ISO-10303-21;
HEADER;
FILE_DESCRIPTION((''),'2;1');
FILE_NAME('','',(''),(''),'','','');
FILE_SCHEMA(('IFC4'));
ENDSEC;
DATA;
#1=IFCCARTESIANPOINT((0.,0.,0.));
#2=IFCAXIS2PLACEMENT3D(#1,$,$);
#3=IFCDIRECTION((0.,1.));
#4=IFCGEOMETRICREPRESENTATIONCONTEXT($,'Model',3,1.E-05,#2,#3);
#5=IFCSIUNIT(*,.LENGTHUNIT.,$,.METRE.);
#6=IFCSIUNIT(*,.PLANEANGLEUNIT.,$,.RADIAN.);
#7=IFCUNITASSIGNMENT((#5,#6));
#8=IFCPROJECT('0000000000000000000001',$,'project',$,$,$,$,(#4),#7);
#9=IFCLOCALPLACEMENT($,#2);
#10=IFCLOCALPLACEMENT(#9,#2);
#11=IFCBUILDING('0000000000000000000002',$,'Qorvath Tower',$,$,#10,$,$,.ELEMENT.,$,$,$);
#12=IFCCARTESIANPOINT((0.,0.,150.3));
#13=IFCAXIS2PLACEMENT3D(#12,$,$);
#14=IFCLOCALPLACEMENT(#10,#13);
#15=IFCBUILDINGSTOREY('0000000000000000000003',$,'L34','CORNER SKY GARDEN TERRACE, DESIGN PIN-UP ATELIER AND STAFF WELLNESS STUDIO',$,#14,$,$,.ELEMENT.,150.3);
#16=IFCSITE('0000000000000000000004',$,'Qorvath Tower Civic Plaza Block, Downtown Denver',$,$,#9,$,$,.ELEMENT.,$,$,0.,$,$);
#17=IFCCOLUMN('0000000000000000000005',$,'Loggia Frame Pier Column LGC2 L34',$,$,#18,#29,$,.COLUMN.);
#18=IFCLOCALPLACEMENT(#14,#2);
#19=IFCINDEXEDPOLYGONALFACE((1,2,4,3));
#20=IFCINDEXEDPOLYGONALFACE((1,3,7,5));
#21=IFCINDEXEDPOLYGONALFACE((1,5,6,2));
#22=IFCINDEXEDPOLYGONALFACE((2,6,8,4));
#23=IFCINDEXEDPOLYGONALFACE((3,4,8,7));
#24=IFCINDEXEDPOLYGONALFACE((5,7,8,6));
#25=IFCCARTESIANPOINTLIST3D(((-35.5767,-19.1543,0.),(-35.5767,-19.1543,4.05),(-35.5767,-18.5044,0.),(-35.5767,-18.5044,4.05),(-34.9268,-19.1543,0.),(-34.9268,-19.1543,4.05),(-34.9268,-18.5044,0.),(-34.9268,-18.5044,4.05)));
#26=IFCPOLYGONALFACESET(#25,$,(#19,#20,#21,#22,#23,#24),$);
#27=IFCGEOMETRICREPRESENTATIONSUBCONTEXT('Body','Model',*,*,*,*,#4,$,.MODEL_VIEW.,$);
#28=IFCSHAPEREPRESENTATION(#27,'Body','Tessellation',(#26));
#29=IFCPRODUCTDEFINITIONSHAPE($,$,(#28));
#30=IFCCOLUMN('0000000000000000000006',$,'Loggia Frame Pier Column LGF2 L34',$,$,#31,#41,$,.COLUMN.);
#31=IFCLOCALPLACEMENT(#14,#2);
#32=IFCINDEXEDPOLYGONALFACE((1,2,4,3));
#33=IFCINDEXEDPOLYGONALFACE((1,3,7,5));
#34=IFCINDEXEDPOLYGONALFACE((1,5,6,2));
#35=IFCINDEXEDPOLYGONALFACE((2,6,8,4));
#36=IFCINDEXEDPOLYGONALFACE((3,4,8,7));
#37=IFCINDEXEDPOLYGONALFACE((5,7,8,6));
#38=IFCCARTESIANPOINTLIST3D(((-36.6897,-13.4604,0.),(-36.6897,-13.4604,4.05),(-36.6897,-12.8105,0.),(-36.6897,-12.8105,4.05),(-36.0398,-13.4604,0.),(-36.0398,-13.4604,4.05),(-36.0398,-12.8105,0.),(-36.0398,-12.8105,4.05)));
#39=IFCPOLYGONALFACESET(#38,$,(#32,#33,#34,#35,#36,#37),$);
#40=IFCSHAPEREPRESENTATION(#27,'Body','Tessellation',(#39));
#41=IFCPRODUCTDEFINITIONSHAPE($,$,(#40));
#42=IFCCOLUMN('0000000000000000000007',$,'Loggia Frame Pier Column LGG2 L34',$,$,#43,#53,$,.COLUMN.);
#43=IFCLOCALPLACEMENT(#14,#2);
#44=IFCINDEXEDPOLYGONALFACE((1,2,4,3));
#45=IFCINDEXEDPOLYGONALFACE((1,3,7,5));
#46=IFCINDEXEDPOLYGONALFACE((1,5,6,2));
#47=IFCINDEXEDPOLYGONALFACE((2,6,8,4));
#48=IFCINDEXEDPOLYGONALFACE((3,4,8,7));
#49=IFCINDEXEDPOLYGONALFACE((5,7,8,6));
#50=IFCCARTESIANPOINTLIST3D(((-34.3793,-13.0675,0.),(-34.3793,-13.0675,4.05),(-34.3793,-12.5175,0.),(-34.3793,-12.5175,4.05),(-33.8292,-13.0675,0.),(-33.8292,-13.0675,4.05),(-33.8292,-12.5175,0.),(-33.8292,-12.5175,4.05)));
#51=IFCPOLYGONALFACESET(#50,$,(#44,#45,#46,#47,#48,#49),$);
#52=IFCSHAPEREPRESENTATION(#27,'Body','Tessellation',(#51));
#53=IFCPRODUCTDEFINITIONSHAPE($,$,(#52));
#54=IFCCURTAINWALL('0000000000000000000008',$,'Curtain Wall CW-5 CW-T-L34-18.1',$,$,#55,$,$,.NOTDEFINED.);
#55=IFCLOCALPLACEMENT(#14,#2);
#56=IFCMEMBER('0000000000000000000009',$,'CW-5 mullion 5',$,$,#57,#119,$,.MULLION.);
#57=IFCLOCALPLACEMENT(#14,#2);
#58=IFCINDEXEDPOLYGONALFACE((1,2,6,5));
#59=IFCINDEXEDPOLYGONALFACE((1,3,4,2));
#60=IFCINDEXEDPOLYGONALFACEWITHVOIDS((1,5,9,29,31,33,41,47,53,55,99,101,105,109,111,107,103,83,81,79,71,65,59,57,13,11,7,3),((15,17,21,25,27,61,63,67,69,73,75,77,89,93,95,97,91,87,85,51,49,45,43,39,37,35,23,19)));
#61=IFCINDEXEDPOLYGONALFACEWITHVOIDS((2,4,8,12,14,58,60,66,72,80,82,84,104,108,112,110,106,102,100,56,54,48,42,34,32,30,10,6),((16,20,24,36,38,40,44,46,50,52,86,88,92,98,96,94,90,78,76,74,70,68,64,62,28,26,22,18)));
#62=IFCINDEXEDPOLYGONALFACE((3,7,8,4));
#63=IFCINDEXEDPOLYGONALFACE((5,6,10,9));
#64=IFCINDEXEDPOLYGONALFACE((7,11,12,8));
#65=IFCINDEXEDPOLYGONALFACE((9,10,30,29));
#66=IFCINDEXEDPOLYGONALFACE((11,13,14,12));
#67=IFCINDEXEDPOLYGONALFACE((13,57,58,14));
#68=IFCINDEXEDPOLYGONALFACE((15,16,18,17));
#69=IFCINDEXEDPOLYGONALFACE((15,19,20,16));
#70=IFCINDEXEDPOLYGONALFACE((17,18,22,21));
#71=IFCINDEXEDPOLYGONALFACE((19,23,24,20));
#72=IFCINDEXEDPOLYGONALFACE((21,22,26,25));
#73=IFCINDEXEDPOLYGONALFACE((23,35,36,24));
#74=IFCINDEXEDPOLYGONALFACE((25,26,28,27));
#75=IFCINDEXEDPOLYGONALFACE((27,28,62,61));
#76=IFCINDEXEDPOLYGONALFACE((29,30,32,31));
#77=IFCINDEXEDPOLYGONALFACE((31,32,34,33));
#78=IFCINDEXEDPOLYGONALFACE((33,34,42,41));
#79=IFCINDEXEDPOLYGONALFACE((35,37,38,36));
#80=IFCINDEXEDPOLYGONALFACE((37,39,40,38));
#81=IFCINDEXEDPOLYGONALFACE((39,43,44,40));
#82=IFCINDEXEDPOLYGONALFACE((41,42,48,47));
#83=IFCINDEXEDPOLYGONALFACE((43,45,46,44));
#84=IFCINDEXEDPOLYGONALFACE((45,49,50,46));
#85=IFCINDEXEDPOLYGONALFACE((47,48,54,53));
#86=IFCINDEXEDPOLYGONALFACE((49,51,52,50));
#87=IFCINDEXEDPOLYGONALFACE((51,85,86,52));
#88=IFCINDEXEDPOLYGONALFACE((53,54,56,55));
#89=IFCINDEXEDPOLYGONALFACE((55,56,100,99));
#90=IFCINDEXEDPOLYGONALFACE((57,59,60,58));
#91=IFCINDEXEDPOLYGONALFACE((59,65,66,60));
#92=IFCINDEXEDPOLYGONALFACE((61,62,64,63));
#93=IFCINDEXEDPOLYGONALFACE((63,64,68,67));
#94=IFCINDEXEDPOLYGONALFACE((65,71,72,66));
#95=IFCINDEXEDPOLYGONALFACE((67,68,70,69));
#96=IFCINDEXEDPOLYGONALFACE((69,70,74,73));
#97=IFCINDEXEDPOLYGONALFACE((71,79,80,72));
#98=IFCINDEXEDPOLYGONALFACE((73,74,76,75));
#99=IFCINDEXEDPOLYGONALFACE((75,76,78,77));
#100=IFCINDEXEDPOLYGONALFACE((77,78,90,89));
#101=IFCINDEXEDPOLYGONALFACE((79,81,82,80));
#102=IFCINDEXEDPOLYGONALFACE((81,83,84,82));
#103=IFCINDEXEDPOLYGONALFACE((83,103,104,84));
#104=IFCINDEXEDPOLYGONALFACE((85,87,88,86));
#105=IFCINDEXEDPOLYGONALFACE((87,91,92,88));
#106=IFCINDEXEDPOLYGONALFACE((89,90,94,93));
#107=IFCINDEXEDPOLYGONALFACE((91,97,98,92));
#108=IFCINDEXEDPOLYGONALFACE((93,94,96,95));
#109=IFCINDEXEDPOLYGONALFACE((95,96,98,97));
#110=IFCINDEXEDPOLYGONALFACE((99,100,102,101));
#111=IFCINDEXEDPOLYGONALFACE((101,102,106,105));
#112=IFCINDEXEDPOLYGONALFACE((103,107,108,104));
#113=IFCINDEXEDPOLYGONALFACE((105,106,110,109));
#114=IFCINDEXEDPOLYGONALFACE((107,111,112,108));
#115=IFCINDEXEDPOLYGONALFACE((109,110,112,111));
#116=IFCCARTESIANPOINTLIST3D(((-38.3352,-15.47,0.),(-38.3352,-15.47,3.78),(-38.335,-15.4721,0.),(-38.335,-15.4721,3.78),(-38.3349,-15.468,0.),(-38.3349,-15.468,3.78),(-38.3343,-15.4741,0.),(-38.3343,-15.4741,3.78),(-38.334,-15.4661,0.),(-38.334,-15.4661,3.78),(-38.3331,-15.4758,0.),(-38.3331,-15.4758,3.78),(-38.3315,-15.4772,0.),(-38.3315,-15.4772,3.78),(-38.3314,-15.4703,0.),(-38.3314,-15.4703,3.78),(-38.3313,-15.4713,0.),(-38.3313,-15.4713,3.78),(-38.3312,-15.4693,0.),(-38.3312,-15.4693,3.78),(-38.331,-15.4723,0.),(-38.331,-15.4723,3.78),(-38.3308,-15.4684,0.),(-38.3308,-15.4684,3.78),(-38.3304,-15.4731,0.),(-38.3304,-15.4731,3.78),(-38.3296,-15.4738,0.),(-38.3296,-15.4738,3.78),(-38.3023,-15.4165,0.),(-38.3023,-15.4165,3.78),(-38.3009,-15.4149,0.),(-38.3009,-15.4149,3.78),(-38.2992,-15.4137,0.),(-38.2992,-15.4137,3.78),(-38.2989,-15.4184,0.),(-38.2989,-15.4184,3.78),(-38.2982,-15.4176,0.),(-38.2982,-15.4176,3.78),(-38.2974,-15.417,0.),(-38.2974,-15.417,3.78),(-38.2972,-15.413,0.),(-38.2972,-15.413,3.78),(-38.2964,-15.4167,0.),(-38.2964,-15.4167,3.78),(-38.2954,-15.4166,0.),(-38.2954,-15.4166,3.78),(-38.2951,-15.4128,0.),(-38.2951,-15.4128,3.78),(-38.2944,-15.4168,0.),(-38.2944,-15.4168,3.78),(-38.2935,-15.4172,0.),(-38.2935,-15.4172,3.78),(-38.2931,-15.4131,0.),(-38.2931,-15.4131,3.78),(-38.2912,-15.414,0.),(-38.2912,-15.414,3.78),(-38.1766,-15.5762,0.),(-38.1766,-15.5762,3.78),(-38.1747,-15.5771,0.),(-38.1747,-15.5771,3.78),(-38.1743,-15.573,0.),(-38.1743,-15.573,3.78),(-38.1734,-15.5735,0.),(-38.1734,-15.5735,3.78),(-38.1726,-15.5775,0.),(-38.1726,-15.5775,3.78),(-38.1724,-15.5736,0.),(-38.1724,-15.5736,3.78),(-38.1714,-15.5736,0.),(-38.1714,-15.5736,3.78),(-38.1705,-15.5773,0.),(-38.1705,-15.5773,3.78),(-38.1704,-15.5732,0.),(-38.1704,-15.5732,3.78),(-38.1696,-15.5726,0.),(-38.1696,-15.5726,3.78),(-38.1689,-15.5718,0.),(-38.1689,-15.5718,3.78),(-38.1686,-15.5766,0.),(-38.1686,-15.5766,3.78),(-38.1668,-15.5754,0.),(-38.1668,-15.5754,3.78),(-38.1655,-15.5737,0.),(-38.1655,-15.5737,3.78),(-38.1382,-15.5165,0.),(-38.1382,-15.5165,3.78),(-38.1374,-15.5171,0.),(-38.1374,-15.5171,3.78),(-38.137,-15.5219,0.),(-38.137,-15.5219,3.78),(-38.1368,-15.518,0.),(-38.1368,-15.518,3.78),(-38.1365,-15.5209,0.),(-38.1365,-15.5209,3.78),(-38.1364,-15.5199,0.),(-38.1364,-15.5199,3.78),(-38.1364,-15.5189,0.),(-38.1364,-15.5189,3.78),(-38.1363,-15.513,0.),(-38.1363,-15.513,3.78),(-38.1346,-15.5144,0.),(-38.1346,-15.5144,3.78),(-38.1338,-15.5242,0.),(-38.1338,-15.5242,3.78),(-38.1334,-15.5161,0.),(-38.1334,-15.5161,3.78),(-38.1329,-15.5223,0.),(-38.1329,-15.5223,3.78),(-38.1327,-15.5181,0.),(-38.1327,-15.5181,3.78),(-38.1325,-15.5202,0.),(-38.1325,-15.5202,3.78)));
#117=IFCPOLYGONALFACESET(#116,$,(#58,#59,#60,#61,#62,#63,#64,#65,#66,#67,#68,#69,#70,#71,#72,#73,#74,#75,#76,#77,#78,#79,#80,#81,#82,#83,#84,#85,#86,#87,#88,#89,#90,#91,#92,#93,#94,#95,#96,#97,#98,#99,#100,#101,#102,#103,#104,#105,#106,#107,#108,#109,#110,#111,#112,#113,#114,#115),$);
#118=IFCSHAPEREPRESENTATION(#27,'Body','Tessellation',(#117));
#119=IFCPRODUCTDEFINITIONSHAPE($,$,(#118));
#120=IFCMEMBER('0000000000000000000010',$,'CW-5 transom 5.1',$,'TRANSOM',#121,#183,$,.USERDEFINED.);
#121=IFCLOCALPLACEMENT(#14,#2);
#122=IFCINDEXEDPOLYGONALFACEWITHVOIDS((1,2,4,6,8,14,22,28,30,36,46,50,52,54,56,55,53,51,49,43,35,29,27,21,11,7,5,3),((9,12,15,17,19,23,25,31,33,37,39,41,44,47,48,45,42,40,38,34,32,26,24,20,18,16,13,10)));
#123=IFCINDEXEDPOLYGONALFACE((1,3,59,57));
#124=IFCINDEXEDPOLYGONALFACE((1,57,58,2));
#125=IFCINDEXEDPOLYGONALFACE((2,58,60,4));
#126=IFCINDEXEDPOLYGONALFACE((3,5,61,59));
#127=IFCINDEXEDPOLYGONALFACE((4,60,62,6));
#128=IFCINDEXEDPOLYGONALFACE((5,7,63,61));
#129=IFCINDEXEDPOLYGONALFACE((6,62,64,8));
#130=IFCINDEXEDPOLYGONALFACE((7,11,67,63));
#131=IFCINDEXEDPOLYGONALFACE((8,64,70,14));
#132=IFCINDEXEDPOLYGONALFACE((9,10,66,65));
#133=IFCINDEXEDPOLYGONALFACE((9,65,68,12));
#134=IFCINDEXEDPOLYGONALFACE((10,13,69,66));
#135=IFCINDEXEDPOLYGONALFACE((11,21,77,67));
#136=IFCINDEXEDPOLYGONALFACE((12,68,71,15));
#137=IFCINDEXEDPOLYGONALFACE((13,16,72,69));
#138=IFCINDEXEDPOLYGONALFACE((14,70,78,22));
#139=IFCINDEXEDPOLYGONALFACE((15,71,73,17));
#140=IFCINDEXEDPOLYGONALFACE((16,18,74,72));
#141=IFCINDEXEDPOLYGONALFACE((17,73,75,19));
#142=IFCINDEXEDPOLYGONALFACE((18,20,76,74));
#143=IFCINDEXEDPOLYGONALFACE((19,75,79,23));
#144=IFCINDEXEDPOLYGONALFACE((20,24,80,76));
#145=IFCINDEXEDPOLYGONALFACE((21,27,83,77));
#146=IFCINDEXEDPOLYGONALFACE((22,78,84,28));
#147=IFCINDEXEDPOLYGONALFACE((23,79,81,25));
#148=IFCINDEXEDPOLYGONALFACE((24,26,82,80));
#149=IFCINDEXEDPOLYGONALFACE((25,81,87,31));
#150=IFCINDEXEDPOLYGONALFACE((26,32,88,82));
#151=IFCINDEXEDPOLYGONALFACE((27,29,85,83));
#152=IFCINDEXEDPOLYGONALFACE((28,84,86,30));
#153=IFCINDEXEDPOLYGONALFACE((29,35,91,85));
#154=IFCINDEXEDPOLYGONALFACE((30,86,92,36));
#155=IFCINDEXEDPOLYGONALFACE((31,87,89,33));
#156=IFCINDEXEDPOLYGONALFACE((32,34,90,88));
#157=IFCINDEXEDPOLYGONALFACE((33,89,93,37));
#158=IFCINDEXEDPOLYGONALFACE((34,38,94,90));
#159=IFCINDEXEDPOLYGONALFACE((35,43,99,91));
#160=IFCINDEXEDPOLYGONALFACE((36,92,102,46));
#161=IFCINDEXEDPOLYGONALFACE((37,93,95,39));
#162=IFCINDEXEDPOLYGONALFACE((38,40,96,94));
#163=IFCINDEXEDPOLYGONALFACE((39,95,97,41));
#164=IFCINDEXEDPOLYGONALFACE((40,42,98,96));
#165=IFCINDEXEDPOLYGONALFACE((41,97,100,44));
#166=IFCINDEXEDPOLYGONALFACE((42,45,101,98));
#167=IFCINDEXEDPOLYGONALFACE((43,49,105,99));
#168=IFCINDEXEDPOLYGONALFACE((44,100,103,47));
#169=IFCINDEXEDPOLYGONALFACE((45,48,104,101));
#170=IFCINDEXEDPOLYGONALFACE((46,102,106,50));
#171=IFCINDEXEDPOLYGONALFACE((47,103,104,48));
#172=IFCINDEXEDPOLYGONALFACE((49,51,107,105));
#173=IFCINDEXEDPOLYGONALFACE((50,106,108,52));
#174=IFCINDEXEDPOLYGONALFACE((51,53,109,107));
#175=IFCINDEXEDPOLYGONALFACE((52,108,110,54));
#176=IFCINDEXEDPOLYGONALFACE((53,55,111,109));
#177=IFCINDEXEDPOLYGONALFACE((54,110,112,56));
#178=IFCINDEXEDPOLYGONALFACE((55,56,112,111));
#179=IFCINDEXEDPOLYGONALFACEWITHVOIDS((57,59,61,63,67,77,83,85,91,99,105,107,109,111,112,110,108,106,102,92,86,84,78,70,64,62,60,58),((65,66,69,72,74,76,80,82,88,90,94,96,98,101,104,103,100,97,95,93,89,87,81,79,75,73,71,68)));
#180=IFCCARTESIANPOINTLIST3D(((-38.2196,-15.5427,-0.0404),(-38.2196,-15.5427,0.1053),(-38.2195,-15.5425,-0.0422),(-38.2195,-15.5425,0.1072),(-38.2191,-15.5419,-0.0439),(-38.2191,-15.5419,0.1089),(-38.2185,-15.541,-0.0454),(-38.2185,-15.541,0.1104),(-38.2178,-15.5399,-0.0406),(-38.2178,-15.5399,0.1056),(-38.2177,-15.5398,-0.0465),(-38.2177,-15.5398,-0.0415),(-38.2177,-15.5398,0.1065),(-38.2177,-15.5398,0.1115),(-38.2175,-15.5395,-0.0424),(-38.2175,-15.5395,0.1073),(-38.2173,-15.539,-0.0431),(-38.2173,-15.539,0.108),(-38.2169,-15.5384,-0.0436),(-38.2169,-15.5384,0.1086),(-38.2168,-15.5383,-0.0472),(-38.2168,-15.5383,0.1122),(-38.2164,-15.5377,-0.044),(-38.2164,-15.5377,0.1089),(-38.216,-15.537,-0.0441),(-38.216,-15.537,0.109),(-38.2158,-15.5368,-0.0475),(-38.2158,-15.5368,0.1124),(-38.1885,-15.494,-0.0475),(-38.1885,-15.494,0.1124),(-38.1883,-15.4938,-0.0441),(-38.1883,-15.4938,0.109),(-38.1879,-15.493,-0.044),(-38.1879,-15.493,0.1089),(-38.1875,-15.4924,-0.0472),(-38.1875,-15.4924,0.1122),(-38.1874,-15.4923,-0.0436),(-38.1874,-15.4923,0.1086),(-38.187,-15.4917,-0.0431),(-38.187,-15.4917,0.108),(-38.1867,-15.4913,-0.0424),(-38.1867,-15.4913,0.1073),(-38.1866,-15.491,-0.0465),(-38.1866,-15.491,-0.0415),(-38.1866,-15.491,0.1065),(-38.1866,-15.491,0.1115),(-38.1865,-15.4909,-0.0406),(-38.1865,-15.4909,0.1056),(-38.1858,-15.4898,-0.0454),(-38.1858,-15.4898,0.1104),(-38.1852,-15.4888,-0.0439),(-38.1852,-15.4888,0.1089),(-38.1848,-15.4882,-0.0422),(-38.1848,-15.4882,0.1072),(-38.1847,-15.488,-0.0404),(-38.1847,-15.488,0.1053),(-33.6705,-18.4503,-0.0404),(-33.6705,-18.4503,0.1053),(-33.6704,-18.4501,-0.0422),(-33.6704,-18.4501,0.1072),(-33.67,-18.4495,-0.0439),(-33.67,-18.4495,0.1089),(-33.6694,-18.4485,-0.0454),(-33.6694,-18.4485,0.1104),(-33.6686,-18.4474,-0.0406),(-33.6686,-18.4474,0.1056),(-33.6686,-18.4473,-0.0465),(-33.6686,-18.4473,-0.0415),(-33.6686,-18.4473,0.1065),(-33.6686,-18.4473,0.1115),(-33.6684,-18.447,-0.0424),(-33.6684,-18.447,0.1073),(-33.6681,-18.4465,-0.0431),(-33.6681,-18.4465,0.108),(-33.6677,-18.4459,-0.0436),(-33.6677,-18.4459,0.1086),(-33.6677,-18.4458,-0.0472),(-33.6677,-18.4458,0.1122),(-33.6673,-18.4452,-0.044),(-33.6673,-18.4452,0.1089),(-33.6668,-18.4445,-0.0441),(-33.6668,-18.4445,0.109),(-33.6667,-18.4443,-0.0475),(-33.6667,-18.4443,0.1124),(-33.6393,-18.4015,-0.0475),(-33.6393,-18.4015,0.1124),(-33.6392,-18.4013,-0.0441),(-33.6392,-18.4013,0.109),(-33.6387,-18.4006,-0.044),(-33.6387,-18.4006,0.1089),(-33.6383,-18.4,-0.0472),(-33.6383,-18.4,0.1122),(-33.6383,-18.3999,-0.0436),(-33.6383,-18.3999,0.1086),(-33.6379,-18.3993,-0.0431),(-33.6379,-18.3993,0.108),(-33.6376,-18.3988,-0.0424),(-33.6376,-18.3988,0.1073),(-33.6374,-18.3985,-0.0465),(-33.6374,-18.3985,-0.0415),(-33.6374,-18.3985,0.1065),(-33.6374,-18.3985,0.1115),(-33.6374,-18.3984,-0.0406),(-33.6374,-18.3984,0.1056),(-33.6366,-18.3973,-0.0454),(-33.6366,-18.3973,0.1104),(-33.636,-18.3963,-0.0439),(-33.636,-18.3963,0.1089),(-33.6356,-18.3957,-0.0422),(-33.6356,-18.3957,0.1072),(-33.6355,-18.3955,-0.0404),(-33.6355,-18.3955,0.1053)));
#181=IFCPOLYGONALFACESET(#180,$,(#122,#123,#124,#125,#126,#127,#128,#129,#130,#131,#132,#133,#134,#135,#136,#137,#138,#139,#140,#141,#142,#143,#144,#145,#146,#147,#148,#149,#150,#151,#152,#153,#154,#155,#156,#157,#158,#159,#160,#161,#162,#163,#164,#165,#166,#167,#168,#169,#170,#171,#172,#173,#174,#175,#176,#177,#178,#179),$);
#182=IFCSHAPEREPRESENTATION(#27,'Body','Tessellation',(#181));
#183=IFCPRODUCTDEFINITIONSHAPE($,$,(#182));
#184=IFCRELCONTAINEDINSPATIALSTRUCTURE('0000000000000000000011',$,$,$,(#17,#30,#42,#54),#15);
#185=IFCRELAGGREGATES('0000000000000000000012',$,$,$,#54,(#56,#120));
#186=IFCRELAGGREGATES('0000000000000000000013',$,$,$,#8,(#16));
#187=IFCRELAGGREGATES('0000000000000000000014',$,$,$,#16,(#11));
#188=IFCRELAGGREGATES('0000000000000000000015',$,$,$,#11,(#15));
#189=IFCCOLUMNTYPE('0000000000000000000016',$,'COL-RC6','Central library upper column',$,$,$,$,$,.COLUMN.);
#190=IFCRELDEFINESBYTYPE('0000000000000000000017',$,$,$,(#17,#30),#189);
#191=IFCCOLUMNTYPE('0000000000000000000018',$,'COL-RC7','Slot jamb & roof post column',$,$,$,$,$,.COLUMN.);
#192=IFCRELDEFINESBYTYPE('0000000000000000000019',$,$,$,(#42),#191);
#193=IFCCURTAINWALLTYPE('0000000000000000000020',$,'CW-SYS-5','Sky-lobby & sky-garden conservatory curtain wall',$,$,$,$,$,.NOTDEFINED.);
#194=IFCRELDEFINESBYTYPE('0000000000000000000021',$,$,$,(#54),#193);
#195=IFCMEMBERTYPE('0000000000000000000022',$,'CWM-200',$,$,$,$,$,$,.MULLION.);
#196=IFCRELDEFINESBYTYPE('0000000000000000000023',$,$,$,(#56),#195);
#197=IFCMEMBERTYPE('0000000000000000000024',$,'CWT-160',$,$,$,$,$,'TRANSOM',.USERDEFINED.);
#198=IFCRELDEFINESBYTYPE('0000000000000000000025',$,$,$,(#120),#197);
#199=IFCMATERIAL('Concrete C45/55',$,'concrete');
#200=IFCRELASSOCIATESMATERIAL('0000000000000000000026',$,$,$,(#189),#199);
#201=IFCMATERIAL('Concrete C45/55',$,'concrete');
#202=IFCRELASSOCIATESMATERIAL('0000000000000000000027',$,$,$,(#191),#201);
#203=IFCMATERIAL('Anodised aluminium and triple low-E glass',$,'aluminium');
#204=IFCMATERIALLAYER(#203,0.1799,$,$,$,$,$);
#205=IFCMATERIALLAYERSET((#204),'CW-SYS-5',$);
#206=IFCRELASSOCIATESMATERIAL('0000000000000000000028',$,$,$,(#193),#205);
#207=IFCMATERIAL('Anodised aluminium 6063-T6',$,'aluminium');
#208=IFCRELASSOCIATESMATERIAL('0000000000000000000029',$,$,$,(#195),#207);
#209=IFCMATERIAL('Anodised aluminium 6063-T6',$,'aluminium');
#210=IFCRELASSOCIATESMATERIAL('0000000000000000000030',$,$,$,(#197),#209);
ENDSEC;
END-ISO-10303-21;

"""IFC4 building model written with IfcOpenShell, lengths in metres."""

from ifc_helpers import new_model, si_unit, direction, frame, origin, origin_2d, place, context, subcontext, project, spatial, rectangle, hollow_rectangle, extrude, material, layer, layer_set, material_profile, profile_set, type_object, element, aggregate, save


model = new_model("IFC4")

# Units and contexts
model_context = context("Model", 3, precision=1e-05, world=origin(), true_north=direction((0.0, 1.0)))
body_context = subcontext(model_context, "Body", "Model", "MODEL_VIEW")
ifc_project = project(units=[si_unit("LENGTHUNIT", "METRE"), si_unit("PLANEANGLEUNIT", "RADIAN")], contexts=[model_context])

# Site, building, storey
site_placement = place(None, origin())
site = spatial("IfcSite", under=ifc_project, at=site_placement, Name="Qorvath Tower Civic Plaza Block, Downtown Denver", CompositionType="ELEMENT", RefElevation=0.0)
building_placement = place(site_placement, origin())
building = spatial("IfcBuilding", under=site, at=building_placement, Name="Qorvath Tower", CompositionType="ELEMENT")
storey_placement = place(building_placement, frame((0.0, 0.0, 150.3)))
storey = spatial("IfcBuildingStorey", under=building, at=storey_placement, Name="L34", Description="CORNER SKY GARDEN TERRACE, DESIGN PIN-UP ATELIER AND STAFF WELLNESS STUDIO", CompositionType="ELEMENT", Elevation=150.3)

# Columns
ifc_material_1 = material(Name="Concrete C45/55", Category="concrete")
ifc_material_profile_1 = material_profile(ifc_material_1, rectangle(XDim=0.6499, YDim=0.6499, at=origin_2d()), Name="RC 650x650")
ifc_profile_set_1 = profile_set([ifc_material_profile_1], Name="Concrete C45/55")
column_type_1 = type_object("IfcColumnType", Name="COL-RC6", Description="Central library upper column", PredefinedType="COLUMN", material=ifc_profile_set_1)
for number, where, z_axis, x_axis, name in (
    (1, (-35.2517, -18.8293, 0.0), (0.0, 0.0, 1.0), (1.0, 0.0, 0.0), "Loggia Frame Pier Column LGC2 L34"),
    (2, (-36.3647, -13.1355, 0.0), (0.0, 0.0, 1.0), (1.0, 0.0, 0.0), "Loggia Frame Pier Column LGF2 L34"),
):
    element("IfcColumn", number, at=place(storey_placement, frame(where, z_axis=z_axis, x_axis=x_axis)), inside=storey, type_object=column_type_1, Name=name, PredefinedType="COLUMN", context=body_context, shape_type="SweptSolid", body=[
        extrude(rectangle(XDim=0.6499, YDim=0.6499, at=origin_2d()), origin(), (0.0, 0.0, 1.0), 4.05),
    ])
ifc_material_2 = material(Name="Concrete C45/55", Category="concrete")
ifc_material_profile_2 = material_profile(ifc_material_2, rectangle(XDim=0.55, YDim=0.55, at=origin_2d()), Name="RC 550x550")
ifc_profile_set_2 = profile_set([ifc_material_profile_2], Name="Concrete C45/55")
column_type_2 = type_object("IfcColumnType", Name="COL-RC7", Description="Slot jamb & roof post column", PredefinedType="COLUMN", material=ifc_profile_set_2)
column_placement = place(storey_placement, frame((-34.1042, -12.7925, 0.0), z_axis=(0.0, 0.0, 1.0), x_axis=(1.0, 0.0, 0.0)))
element("IfcColumn", 3, at=column_placement, inside=storey, type_object=column_type_2, Name="Loggia Frame Pier Column LGG2 L34", PredefinedType="COLUMN", context=body_context, shape_type="SweptSolid", body=[
    extrude(rectangle(XDim=0.55, YDim=0.55, at=origin_2d()), origin(), (0.0, 0.0, 1.0), 4.05),
])

# Curtain wall, members
ifc_material_3 = material(Name="Anodised aluminium and triple low-E glass", Category="aluminium")
ifc_layer_1 = layer(ifc_material_3, 0.1799)
ifc_layer_set_1 = layer_set([ifc_layer_1], Name="CW-SYS-5")
curtain_wall_type = type_object("IfcCurtainWallType", Name="CW-SYS-5", Description="Sky-lobby & sky-garden conservatory curtain wall", PredefinedType="NOTDEFINED", material=ifc_layer_set_1)
curtain_wall_placement = place(storey_placement, origin())
curtain_wall = element("IfcCurtainWall", 4, at=curtain_wall_placement, inside=storey, type_object=curtain_wall_type, Name="Curtain Wall CW-5 CW-T-L34-18.1", PredefinedType="NOTDEFINED")
ifc_material_4 = material(Name="Anodised aluminium 6063-T6", Category="aluminium")
ifc_material_profile_3 = material_profile(ifc_material_4, hollow_rectangle(XDim=0.075, YDim=0.2, WallThickness=0.0039, InnerFilletRadius=0.0039, OuterFilletRadius=0.0081, at=origin_2d()), Name="CWM 200x75")
ifc_profile_set_3 = profile_set([ifc_material_profile_3], Name="Anodised aluminium 6063-T6")
member_type_1 = type_object("IfcMemberType", Name="CWM-200", PredefinedType="MULLION", material=ifc_profile_set_3)
member_1_placement = place(storey_placement, frame((-38.2339, -15.4951, 0.0), z_axis=(0.0, 0.0, 1.0), x_axis=(0.538536, 0.842602, 0.0)))
member_1 = element("IfcMember", 5, at=member_1_placement, type_object=member_type_1, Name="CW-5 mullion 5", PredefinedType="MULLION", context=body_context, shape_type="SweptSolid", body=[
    extrude(hollow_rectangle(XDim=0.075, YDim=0.2, WallThickness=0.0039, InnerFilletRadius=0.0039, OuterFilletRadius=0.0081, at=origin_2d()), origin(), (0.0, 0.0, 1.0), 3.78),
])
ifc_material_5 = material(Name="Anodised aluminium 6063-T6", Category="aluminium")
ifc_material_profile_4 = material_profile(ifc_material_5, hollow_rectangle(XDim=0.0649, YDim=0.1599, WallThickness=0.0034, InnerFilletRadius=0.0034, OuterFilletRadius=0.0071, at=origin_2d()), Name="CWT 160x65")
ifc_profile_set_4 = profile_set([ifc_material_profile_4], Name="Anodised aluminium 6063-T6")
member_type_2 = type_object("IfcMemberType", Name="CWT-160", ElementType="TRANSOM", PredefinedType="USERDEFINED", material=ifc_profile_set_4)
member_2_placement = place(storey_placement, frame((-38.2021, -15.5154, 0.0325), z_axis=(0.842602, -0.538536, 0.0), x_axis=(0.538536, 0.842602, 0.0)))
member_2 = element("IfcMember", 6, at=member_2_placement, type_object=member_type_2, Name="CW-5 transom 5.1", ObjectType="TRANSOM", PredefinedType="USERDEFINED", context=body_context, shape_type="SweptSolid", body=[
    extrude(hollow_rectangle(XDim=0.0649, YDim=0.1599, WallThickness=0.0034, InnerFilletRadius=0.0034, OuterFilletRadius=0.0071, at=origin_2d()), origin(), (0.0, 0.0, 1.0), 5.3989),
])
aggregate(curtain_wall, [member_1, member_2])

save(model, "model.ifc")
